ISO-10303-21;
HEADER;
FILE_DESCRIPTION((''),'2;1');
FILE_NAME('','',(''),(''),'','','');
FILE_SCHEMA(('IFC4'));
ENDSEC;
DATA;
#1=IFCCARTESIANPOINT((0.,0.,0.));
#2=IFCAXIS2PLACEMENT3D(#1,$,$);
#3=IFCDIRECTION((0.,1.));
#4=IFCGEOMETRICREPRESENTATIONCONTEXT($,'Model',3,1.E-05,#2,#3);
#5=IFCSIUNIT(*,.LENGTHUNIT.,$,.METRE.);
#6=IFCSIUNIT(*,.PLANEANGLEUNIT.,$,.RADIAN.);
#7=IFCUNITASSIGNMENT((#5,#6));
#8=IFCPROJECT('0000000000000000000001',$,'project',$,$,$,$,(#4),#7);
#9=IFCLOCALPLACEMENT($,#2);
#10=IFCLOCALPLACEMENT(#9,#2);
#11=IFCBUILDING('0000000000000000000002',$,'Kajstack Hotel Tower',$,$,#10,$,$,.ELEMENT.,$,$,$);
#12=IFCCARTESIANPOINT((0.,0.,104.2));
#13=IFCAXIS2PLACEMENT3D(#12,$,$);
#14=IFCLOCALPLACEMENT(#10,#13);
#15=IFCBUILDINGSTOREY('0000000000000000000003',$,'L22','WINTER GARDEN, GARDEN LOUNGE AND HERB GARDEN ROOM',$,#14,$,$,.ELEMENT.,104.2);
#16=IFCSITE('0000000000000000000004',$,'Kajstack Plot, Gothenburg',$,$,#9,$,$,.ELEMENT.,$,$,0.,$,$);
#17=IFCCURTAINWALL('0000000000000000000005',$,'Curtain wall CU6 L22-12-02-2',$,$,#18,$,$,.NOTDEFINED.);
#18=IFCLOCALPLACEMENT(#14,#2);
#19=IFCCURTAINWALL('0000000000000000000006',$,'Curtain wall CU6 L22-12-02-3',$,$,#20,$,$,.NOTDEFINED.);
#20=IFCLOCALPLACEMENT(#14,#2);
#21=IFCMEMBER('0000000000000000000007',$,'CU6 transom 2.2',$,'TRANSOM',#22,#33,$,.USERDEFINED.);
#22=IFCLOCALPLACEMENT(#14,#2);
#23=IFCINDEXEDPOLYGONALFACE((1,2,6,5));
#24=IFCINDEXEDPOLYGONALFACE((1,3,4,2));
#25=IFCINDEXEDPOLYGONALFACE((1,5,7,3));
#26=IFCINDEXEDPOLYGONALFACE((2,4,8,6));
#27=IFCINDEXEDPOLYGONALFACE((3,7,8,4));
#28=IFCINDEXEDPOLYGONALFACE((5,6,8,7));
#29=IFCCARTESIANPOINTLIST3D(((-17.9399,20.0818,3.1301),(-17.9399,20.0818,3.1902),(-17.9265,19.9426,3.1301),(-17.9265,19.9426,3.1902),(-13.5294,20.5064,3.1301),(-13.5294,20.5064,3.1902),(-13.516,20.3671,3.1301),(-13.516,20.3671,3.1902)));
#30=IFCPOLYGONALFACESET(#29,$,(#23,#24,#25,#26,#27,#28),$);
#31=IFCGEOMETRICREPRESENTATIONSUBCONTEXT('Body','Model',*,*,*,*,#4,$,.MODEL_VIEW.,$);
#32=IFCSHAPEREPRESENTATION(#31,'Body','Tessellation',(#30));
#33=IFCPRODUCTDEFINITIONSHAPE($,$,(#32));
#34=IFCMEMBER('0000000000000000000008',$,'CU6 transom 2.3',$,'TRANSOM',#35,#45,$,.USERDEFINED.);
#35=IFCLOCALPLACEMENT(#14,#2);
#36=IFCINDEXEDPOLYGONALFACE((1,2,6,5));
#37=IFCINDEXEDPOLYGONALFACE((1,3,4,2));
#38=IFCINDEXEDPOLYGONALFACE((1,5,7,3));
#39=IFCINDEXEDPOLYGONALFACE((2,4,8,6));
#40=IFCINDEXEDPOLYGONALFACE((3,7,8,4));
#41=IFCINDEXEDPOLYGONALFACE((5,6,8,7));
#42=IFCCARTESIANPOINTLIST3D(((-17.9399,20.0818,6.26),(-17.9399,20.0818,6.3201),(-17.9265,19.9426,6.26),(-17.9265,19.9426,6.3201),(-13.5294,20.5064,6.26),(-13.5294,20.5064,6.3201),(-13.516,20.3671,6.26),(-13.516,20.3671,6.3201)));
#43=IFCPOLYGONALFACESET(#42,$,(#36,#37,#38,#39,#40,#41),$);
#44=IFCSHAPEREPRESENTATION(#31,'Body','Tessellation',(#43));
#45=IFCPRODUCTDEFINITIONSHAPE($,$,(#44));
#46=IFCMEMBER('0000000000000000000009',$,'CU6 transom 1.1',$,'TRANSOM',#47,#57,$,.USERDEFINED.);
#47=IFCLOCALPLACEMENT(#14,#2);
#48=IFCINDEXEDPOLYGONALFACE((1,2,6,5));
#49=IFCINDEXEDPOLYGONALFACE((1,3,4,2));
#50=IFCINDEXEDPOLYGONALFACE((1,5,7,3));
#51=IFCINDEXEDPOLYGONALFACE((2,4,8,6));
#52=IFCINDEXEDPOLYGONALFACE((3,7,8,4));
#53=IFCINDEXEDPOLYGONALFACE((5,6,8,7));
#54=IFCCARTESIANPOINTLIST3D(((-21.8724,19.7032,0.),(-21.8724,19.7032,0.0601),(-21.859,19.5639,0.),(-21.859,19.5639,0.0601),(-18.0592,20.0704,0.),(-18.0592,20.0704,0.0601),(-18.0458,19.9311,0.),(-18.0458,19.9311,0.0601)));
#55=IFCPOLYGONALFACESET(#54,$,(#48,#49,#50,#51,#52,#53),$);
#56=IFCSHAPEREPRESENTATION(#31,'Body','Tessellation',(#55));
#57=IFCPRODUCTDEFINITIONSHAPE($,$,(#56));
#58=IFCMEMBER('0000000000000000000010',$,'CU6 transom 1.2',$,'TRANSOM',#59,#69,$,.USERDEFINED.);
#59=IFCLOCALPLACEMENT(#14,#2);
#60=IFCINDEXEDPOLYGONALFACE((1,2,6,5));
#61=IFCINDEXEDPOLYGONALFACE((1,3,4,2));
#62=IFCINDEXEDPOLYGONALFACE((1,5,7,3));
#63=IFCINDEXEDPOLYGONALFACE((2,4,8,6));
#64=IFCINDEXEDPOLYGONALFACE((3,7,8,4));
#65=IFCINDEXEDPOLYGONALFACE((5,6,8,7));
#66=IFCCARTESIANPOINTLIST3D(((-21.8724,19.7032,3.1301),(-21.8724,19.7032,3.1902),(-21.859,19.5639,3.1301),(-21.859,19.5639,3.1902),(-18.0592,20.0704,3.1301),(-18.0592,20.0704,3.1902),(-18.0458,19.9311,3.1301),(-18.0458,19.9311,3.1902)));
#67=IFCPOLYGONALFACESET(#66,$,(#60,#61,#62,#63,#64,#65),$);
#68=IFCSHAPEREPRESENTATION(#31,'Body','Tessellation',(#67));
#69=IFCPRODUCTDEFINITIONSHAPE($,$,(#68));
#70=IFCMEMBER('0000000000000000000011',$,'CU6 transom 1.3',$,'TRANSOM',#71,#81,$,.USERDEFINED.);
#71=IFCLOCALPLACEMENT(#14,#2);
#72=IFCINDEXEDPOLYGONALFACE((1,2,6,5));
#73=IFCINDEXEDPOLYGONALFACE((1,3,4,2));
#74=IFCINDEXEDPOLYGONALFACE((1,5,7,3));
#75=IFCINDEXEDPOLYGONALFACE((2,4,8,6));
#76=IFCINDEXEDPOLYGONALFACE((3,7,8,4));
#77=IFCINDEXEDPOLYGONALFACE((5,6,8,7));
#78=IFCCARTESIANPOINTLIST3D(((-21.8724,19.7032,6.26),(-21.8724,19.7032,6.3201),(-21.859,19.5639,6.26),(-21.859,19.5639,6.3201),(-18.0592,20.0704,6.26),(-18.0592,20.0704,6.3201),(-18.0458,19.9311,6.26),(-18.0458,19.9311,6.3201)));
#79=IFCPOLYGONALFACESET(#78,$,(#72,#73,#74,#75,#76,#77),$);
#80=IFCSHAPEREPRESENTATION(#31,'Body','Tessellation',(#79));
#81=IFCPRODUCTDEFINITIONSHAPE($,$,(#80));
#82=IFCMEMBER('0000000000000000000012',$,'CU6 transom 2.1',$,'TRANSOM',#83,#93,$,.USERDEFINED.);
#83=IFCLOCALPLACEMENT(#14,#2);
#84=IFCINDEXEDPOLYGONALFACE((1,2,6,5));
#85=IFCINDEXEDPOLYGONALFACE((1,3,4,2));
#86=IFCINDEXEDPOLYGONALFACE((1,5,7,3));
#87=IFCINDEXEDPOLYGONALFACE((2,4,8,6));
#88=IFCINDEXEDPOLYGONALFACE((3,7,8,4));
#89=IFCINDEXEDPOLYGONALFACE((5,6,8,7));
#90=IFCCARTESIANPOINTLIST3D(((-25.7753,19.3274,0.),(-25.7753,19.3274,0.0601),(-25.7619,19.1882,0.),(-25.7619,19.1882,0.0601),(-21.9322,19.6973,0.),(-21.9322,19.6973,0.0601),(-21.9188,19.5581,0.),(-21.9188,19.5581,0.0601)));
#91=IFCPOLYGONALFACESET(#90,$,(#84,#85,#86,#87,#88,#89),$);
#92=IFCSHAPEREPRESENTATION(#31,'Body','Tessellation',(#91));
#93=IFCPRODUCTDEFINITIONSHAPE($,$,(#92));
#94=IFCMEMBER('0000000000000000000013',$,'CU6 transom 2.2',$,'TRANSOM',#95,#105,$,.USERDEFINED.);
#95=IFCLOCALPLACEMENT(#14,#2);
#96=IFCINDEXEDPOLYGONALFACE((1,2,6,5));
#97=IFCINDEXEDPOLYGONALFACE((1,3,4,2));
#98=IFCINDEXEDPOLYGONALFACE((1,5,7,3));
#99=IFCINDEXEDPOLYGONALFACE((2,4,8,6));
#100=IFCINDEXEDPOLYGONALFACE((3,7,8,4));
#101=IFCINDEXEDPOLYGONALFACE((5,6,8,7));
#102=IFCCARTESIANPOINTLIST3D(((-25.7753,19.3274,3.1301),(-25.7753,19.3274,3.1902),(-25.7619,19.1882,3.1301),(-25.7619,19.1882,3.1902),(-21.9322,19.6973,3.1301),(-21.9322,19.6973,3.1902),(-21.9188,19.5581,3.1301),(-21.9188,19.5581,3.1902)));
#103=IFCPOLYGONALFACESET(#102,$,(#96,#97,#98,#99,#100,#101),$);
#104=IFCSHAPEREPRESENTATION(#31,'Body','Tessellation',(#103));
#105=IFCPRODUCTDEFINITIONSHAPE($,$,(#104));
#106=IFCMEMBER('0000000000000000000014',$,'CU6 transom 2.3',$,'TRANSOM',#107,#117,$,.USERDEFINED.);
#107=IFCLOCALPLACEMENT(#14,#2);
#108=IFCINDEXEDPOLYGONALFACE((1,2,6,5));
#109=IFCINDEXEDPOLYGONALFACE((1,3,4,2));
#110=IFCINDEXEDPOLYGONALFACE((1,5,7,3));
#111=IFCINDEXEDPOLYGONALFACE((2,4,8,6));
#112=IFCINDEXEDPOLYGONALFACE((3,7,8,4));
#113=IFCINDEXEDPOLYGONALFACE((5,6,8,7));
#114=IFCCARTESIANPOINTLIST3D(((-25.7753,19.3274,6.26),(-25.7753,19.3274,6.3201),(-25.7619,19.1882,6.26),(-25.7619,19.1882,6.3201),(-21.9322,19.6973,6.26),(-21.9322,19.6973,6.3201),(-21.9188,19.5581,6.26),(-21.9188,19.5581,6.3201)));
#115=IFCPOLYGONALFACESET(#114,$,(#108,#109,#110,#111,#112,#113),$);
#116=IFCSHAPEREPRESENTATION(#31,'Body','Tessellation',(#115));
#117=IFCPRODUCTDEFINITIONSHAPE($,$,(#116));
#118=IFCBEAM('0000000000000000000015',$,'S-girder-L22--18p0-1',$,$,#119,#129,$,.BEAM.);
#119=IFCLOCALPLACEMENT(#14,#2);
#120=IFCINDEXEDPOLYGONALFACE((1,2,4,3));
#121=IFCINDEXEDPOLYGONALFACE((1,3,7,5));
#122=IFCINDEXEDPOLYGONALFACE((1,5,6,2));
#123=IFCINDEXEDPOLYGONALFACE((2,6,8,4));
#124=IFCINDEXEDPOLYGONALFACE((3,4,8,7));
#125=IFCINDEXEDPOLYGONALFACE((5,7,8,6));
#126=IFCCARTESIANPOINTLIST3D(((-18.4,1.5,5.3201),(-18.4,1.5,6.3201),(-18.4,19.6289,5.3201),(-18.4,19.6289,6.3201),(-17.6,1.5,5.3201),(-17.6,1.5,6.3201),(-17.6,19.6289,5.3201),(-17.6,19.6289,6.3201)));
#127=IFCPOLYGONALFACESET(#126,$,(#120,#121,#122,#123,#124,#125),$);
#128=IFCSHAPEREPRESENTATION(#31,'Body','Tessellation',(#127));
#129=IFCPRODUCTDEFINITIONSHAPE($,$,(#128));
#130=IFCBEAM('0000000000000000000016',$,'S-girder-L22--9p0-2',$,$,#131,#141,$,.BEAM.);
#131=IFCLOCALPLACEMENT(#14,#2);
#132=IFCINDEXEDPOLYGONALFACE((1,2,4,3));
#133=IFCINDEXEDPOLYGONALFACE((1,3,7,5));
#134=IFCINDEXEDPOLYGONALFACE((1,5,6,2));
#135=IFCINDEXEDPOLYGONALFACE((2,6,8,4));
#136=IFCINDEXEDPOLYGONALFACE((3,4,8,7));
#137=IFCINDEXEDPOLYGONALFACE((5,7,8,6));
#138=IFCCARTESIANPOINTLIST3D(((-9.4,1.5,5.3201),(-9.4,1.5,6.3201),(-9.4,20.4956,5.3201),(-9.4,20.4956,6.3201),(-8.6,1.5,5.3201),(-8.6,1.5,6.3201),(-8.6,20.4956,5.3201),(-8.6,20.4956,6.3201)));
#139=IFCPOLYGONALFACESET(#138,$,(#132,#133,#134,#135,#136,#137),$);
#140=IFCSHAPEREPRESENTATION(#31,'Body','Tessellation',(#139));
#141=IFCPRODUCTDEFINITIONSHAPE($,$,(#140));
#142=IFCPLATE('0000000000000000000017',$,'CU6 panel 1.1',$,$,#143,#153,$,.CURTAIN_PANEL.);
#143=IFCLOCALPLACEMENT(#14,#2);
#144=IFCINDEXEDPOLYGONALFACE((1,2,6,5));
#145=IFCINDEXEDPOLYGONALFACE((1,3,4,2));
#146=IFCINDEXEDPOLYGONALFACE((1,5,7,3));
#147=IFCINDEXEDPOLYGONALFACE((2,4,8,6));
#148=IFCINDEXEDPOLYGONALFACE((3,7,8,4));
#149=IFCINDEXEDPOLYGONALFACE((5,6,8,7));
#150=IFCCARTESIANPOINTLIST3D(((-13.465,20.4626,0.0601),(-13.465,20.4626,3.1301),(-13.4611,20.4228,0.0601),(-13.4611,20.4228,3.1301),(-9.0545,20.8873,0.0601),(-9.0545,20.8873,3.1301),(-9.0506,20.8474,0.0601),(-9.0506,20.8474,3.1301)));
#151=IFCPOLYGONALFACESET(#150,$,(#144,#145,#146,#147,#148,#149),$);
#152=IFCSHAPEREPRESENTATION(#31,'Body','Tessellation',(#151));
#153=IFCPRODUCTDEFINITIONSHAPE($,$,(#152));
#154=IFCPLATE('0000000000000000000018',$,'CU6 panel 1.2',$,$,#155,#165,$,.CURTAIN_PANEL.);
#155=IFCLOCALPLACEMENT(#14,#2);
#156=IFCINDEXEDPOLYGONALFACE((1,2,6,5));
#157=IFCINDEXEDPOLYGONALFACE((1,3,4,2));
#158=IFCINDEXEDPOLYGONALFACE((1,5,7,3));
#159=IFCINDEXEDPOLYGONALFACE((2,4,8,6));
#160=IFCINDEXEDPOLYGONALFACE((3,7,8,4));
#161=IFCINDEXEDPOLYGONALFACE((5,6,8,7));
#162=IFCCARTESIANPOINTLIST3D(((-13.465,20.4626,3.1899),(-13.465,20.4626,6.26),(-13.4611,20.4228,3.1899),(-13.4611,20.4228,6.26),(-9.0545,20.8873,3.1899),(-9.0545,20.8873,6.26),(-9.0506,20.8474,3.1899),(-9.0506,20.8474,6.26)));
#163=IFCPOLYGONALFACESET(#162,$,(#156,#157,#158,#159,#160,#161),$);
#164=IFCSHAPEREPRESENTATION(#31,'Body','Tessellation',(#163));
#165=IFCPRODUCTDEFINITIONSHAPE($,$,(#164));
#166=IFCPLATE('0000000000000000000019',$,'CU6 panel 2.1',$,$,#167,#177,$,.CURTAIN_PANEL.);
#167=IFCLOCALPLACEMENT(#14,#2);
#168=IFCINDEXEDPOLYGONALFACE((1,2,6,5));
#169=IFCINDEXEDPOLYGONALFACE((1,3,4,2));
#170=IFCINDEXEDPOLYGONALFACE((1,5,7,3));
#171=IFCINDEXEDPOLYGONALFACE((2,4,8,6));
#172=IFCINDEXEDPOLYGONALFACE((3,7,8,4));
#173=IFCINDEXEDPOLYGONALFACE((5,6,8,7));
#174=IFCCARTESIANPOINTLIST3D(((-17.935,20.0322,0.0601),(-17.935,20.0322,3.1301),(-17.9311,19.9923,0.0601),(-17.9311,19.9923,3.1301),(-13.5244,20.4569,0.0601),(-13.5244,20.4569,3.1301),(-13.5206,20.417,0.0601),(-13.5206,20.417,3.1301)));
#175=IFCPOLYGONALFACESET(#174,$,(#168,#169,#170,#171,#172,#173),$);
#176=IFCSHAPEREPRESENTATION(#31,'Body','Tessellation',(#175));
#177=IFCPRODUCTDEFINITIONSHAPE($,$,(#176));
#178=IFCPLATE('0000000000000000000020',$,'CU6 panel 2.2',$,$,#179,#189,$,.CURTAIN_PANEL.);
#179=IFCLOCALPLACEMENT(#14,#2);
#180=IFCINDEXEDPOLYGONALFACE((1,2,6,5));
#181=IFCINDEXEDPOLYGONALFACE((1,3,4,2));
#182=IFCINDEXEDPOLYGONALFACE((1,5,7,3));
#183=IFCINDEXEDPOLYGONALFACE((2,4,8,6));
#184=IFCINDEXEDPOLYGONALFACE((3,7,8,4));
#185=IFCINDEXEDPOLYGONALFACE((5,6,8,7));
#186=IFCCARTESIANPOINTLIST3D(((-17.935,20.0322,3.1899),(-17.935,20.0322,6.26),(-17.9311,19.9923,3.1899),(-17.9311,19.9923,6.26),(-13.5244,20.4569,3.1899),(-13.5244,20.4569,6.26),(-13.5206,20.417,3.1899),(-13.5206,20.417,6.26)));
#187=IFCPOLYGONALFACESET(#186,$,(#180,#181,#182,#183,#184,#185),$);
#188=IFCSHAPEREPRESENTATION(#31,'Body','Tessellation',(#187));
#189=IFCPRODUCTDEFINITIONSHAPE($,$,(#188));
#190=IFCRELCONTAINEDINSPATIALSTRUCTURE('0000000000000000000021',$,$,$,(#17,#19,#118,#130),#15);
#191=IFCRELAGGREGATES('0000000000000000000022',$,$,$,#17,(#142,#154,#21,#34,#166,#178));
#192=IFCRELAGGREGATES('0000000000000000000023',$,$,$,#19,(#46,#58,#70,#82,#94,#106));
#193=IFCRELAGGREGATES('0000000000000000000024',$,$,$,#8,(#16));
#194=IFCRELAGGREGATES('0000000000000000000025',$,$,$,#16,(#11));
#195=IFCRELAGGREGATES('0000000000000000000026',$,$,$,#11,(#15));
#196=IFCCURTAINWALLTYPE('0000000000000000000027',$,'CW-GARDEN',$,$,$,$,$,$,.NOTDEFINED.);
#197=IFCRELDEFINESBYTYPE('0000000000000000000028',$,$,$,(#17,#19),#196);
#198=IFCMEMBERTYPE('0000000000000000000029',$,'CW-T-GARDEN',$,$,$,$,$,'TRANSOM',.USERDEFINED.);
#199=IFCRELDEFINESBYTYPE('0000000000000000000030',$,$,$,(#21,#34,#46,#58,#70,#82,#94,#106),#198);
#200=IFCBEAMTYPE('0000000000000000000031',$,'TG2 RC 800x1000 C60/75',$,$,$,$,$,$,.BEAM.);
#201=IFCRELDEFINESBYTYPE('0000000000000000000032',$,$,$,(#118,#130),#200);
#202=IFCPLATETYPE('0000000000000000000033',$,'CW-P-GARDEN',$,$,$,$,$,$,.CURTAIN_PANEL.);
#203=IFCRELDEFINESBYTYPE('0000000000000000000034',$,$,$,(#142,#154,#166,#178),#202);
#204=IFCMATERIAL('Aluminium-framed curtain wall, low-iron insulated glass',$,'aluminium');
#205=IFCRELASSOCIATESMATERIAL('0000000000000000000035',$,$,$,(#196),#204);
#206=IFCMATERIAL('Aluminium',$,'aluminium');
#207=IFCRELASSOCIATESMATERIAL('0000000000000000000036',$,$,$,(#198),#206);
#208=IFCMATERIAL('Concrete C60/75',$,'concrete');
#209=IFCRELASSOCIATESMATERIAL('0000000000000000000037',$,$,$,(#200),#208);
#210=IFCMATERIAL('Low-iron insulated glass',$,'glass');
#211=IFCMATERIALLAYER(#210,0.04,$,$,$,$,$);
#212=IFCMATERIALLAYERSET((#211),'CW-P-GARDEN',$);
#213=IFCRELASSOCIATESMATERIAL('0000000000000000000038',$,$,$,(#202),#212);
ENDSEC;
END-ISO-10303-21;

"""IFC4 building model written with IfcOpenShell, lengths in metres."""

from ifc_helpers import new_model, si_unit, direction, frame, origin, origin_2d, place, context, subcontext, project, spatial, rectangle, extrude, material, layer, layer_set, material_profile, profile_set, type_object, element, aggregate, save


model = new_model("IFC4")

# Units and contexts
model_context = context("Model", 3, precision=1e-05, world=origin(), true_north=direction((0.0, 1.0)))
body_context = subcontext(model_context, "Body", "Model", "MODEL_VIEW")
ifc_project = project(units=[si_unit("LENGTHUNIT", "METRE"), si_unit("PLANEANGLEUNIT", "RADIAN")], contexts=[model_context])

# Site, building, storey
site_placement = place(None, origin())
site = spatial("IfcSite", under=ifc_project, at=site_placement, Name="Kajstack Plot, Gothenburg", CompositionType="ELEMENT", RefElevation=0.0)
building_placement = place(site_placement, origin())
building = spatial("IfcBuilding", under=site, at=building_placement, Name="Kajstack Hotel Tower", CompositionType="ELEMENT")
storey_placement = place(building_placement, frame((0.0, 0.0, 104.2)))
storey = spatial("IfcBuildingStorey", under=building, at=storey_placement, Name="L22", Description="WINTER GARDEN, GARDEN LOUNGE AND HERB GARDEN ROOM", CompositionType="ELEMENT", Elevation=104.2)

# Shared definitions
ifc_material_1 = material(Name="Aluminium-framed curtain wall, low-iron insulated glass", Category="aluminium")
curtain_wall_type = type_object("IfcCurtainWallType", Name="CW-GARDEN", PredefinedType="NOTDEFINED", material=ifc_material_1)
ifc_material_2 = material(Name="Aluminium", Category="aluminium")

# Curtain walls
curtain_wall_1_placement = place(storey_placement, origin())
curtain_wall_1 = element("IfcCurtainWall", 1, at=curtain_wall_1_placement, inside=storey, type_object=curtain_wall_type, Name="Curtain wall CU6 L22-12-02-2", PredefinedType="NOTDEFINED")
curtain_wall_2_placement = place(storey_placement, origin())
curtain_wall_2 = element("IfcCurtainWall", 2, at=curtain_wall_2_placement, inside=storey, type_object=curtain_wall_type, Name="Curtain wall CU6 L22-12-02-3", PredefinedType="NOTDEFINED")

# Members
ifc_material_profile_1 = material_profile(ifc_material_2, rectangle(XDim=0.1399, YDim=0.0601, at=origin_2d()), Name="Aluminium transom 140 x 60")
ifc_profile_set_1 = profile_set([ifc_material_profile_1], Name="Aluminium")
member_type_1 = type_object("IfcMemberType", Name="CW-T-GARDEN", ElementType="TRANSOM", PredefinedType="USERDEFINED", material=ifc_profile_set_1)
member_1_placement = place(storey_placement, frame((-13.5227, 20.4368, 3.1602), z_axis=(-0.995399, -0.095821, 0.0), x_axis=(0.095821, -0.995399, 0.0)))
member_1 = element("IfcMember", 3, at=member_1_placement, type_object=member_type_1, Name="CU6 transom 2.2", ObjectType="TRANSOM", PredefinedType="USERDEFINED", context=body_context, shape_type="SweptSolid", body=[
    extrude(rectangle(XDim=0.1399, YDim=0.0601, at=origin_2d()), origin(), (0.0, 0.0, 1.0), 4.4309),
])
member_2_placement = place(storey_placement, frame((-13.5227, 20.4368, 6.29), z_axis=(-0.995399, -0.095821, 0.0), x_axis=(0.095821, -0.995399, 0.0)))
member_2 = element("IfcMember", 4, at=member_2_placement, type_object=member_type_1, Name="CU6 transom 2.3", ObjectType="TRANSOM", PredefinedType="USERDEFINED", context=body_context, shape_type="SweptSolid", body=[
    extrude(rectangle(XDim=0.1399, YDim=0.0601, at=origin_2d()), origin(), (0.0, 0.0, 1.0), 4.4309),
])
member_3_placement = place(storey_placement, frame((-18.0525, 20.0007, 0.03), z_axis=(-0.995396, -0.09585, 0.0), x_axis=(0.09585, -0.995396, 0.0)))
member_3 = element("IfcMember", 5, at=member_3_placement, type_object=member_type_1, Name="CU6 transom 1.1", ObjectType="TRANSOM", PredefinedType="USERDEFINED", context=body_context, shape_type="SweptSolid", body=[
    extrude(rectangle(XDim=0.1399, YDim=0.0601, at=origin_2d()), origin(), (0.0, 0.0, 1.0), 3.8308),
])
member_4_placement = place(storey_placement, frame((-18.0525, 20.0007, 3.1602), z_axis=(-0.995396, -0.09585, 0.0), x_axis=(0.09585, -0.995396, 0.0)))
member_4 = element("IfcMember", 6, at=member_4_placement, type_object=member_type_1, Name="CU6 transom 1.2", ObjectType="TRANSOM", PredefinedType="USERDEFINED", context=body_context, shape_type="SweptSolid", body=[
    extrude(rectangle(XDim=0.1399, YDim=0.0601, at=origin_2d()), origin(), (0.0, 0.0, 1.0), 3.8308),
])
member_5_placement = place(storey_placement, frame((-18.0525, 20.0007, 6.29), z_axis=(-0.995396, -0.09585, 0.0), x_axis=(0.09585, -0.995396, 0.0)))
member_5 = element("IfcMember", 7, at=member_5_placement, type_object=member_type_1, Name="CU6 transom 1.3", ObjectType="TRANSOM", PredefinedType="USERDEFINED", context=body_context, shape_type="SweptSolid", body=[
    extrude(rectangle(XDim=0.1399, YDim=0.0601, at=origin_2d()), origin(), (0.0, 0.0, 1.0), 3.8308),
])
member_6_placement = place(storey_placement, frame((-21.9255, 19.6277, 0.03), z_axis=(-0.9954, -0.095803, 0.0), x_axis=(0.095803, -0.9954, 0.0)))
member_6 = element("IfcMember", 8, at=member_6_placement, type_object=member_type_1, Name="CU6 transom 2.1", ObjectType="TRANSOM", PredefinedType="USERDEFINED", context=body_context, shape_type="SweptSolid", body=[
    extrude(rectangle(XDim=0.1399, YDim=0.0601, at=origin_2d()), origin(), (0.0, 0.0, 1.0), 3.8608),
])
member_7_placement = place(storey_placement, frame((-21.9255, 19.6277, 3.1602), z_axis=(-0.9954, -0.095803, 0.0), x_axis=(0.095803, -0.9954, 0.0)))
member_7 = element("IfcMember", 9, at=member_7_placement, type_object=member_type_1, Name="CU6 transom 2.2", ObjectType="TRANSOM", PredefinedType="USERDEFINED", context=body_context, shape_type="SweptSolid", body=[
    extrude(rectangle(XDim=0.1399, YDim=0.0601, at=origin_2d()), origin(), (0.0, 0.0, 1.0), 3.8608),
])
member_8_placement = place(storey_placement, frame((-21.9255, 19.6277, 6.29), z_axis=(-0.9954, -0.095803, 0.0), x_axis=(0.095803, -0.9954, 0.0)))
member_8 = element("IfcMember", 10, at=member_8_placement, type_object=member_type_1, Name="CU6 transom 2.3", ObjectType="TRANSOM", PredefinedType="USERDEFINED", context=body_context, shape_type="SweptSolid", body=[
    extrude(rectangle(XDim=0.1399, YDim=0.0601, at=origin_2d()), origin(), (0.0, 0.0, 1.0), 3.8608),
])

# Beams
ifc_material_3 = material(Name="Concrete C60/75", Category="concrete")
ifc_material_profile_2 = material_profile(ifc_material_3, rectangle(XDim=0.8, YDim=1.0, at=origin_2d()), Name="RC 800x1000")
ifc_profile_set_2 = profile_set([ifc_material_profile_2], Name="Concrete C60/75")
beam_type = type_object("IfcBeamType", Name="TG2 RC 800x1000 C60/75", PredefinedType="BEAM", material=ifc_profile_set_2)
beam_1_placement = place(storey_placement, frame((-18.0, 1.5, 5.8201), z_axis=(0.0, 1.0, 0.0), x_axis=(-1.0, 0.0, 0.0)))
element("IfcBeam", 11, at=beam_1_placement, inside=storey, type_object=beam_type, Name="S-girder-L22--18p0-1", PredefinedType="BEAM", context=body_context, shape_type="SweptSolid", body=[
    extrude(rectangle(XDim=0.8, YDim=1.0, at=origin_2d()), origin(), (0.0, 0.0, 1.0), 18.1289),
])
beam_2_placement = place(storey_placement, frame((-9.0, 1.5, 5.8201), z_axis=(0.0, 1.0, 0.0), x_axis=(-1.0, 0.0, 0.0)))
element("IfcBeam", 12, at=beam_2_placement, inside=storey, type_object=beam_type, Name="S-girder-L22--9p0-2", PredefinedType="BEAM", context=body_context, shape_type="SweptSolid", body=[
    extrude(rectangle(XDim=0.8, YDim=1.0, at=origin_2d()), origin(), (0.0, 0.0, 1.0), 18.9956),
])

# Plates
ifc_material_4 = material(Name="Low-iron insulated glass", Category="glass")
ifc_layer_1 = layer(ifc_material_4, 0.04)
ifc_layer_set_1 = layer_set([ifc_layer_1], Name="CW-P-GARDEN")
plate_type = type_object("IfcPlateType", Name="CW-P-GARDEN", PredefinedType="CURTAIN_PANEL", material=ifc_layer_set_1)
plate_1_placement = place(storey_placement, frame((-11.2578, 20.655, 0.0601), z_axis=(0.0, 0.0, 1.0), x_axis=(-0.995396, -0.095846, 0.0)))
plate_1 = element("IfcPlate", 13, at=plate_1_placement, type_object=plate_type, Name="CU6 panel 1.1", PredefinedType="CURTAIN_PANEL", context=body_context, shape_type="SweptSolid", body=[
    extrude(rectangle(XDim=4.4309, YDim=0.04, at=origin_2d()), origin(), (0.0, 0.0, 1.0), 3.0701),
])
plate_2_placement = place(storey_placement, frame((-11.2578, 20.655, 3.1899), z_axis=(0.0, 0.0, 1.0), x_axis=(-0.995396, -0.095846, 0.0)))
plate_2 = element("IfcPlate", 14, at=plate_2_placement, type_object=plate_type, Name="CU6 panel 1.2", PredefinedType="CURTAIN_PANEL", context=body_context, shape_type="SweptSolid", body=[
    extrude(rectangle(XDim=4.4309, YDim=0.04, at=origin_2d()), origin(), (0.0, 0.0, 1.0), 3.0701),
])
plate_3_placement = place(storey_placement, frame((-15.7278, 20.2246, 0.0601), z_axis=(0.0, 0.0, 1.0), x_axis=(-0.995396, -0.095846, 0.0)))
plate_3 = element("IfcPlate", 15, at=plate_3_placement, type_object=plate_type, Name="CU6 panel 2.1", PredefinedType="CURTAIN_PANEL", context=body_context, shape_type="SweptSolid", body=[
    extrude(rectangle(XDim=4.4309, YDim=0.04, at=origin_2d()), origin(), (0.0, 0.0, 1.0), 3.0701),
])
plate_4_placement = place(storey_placement, frame((-15.7278, 20.2246, 3.1899), z_axis=(0.0, 0.0, 1.0), x_axis=(-0.995396, -0.095846, 0.0)))
plate_4 = element("IfcPlate", 16, at=plate_4_placement, type_object=plate_type, Name="CU6 panel 2.2", PredefinedType="CURTAIN_PANEL", context=body_context, shape_type="SweptSolid", body=[
    extrude(rectangle(XDim=4.4309, YDim=0.04, at=origin_2d()), origin(), (0.0, 0.0, 1.0), 3.0701),
])
aggregate(curtain_wall_1, [plate_1, plate_2, member_1, member_2, plate_3, plate_4])
aggregate(curtain_wall_2, [member_3, member_4, member_5, member_6, member_7, member_8])

save(model, "model.ifc")
